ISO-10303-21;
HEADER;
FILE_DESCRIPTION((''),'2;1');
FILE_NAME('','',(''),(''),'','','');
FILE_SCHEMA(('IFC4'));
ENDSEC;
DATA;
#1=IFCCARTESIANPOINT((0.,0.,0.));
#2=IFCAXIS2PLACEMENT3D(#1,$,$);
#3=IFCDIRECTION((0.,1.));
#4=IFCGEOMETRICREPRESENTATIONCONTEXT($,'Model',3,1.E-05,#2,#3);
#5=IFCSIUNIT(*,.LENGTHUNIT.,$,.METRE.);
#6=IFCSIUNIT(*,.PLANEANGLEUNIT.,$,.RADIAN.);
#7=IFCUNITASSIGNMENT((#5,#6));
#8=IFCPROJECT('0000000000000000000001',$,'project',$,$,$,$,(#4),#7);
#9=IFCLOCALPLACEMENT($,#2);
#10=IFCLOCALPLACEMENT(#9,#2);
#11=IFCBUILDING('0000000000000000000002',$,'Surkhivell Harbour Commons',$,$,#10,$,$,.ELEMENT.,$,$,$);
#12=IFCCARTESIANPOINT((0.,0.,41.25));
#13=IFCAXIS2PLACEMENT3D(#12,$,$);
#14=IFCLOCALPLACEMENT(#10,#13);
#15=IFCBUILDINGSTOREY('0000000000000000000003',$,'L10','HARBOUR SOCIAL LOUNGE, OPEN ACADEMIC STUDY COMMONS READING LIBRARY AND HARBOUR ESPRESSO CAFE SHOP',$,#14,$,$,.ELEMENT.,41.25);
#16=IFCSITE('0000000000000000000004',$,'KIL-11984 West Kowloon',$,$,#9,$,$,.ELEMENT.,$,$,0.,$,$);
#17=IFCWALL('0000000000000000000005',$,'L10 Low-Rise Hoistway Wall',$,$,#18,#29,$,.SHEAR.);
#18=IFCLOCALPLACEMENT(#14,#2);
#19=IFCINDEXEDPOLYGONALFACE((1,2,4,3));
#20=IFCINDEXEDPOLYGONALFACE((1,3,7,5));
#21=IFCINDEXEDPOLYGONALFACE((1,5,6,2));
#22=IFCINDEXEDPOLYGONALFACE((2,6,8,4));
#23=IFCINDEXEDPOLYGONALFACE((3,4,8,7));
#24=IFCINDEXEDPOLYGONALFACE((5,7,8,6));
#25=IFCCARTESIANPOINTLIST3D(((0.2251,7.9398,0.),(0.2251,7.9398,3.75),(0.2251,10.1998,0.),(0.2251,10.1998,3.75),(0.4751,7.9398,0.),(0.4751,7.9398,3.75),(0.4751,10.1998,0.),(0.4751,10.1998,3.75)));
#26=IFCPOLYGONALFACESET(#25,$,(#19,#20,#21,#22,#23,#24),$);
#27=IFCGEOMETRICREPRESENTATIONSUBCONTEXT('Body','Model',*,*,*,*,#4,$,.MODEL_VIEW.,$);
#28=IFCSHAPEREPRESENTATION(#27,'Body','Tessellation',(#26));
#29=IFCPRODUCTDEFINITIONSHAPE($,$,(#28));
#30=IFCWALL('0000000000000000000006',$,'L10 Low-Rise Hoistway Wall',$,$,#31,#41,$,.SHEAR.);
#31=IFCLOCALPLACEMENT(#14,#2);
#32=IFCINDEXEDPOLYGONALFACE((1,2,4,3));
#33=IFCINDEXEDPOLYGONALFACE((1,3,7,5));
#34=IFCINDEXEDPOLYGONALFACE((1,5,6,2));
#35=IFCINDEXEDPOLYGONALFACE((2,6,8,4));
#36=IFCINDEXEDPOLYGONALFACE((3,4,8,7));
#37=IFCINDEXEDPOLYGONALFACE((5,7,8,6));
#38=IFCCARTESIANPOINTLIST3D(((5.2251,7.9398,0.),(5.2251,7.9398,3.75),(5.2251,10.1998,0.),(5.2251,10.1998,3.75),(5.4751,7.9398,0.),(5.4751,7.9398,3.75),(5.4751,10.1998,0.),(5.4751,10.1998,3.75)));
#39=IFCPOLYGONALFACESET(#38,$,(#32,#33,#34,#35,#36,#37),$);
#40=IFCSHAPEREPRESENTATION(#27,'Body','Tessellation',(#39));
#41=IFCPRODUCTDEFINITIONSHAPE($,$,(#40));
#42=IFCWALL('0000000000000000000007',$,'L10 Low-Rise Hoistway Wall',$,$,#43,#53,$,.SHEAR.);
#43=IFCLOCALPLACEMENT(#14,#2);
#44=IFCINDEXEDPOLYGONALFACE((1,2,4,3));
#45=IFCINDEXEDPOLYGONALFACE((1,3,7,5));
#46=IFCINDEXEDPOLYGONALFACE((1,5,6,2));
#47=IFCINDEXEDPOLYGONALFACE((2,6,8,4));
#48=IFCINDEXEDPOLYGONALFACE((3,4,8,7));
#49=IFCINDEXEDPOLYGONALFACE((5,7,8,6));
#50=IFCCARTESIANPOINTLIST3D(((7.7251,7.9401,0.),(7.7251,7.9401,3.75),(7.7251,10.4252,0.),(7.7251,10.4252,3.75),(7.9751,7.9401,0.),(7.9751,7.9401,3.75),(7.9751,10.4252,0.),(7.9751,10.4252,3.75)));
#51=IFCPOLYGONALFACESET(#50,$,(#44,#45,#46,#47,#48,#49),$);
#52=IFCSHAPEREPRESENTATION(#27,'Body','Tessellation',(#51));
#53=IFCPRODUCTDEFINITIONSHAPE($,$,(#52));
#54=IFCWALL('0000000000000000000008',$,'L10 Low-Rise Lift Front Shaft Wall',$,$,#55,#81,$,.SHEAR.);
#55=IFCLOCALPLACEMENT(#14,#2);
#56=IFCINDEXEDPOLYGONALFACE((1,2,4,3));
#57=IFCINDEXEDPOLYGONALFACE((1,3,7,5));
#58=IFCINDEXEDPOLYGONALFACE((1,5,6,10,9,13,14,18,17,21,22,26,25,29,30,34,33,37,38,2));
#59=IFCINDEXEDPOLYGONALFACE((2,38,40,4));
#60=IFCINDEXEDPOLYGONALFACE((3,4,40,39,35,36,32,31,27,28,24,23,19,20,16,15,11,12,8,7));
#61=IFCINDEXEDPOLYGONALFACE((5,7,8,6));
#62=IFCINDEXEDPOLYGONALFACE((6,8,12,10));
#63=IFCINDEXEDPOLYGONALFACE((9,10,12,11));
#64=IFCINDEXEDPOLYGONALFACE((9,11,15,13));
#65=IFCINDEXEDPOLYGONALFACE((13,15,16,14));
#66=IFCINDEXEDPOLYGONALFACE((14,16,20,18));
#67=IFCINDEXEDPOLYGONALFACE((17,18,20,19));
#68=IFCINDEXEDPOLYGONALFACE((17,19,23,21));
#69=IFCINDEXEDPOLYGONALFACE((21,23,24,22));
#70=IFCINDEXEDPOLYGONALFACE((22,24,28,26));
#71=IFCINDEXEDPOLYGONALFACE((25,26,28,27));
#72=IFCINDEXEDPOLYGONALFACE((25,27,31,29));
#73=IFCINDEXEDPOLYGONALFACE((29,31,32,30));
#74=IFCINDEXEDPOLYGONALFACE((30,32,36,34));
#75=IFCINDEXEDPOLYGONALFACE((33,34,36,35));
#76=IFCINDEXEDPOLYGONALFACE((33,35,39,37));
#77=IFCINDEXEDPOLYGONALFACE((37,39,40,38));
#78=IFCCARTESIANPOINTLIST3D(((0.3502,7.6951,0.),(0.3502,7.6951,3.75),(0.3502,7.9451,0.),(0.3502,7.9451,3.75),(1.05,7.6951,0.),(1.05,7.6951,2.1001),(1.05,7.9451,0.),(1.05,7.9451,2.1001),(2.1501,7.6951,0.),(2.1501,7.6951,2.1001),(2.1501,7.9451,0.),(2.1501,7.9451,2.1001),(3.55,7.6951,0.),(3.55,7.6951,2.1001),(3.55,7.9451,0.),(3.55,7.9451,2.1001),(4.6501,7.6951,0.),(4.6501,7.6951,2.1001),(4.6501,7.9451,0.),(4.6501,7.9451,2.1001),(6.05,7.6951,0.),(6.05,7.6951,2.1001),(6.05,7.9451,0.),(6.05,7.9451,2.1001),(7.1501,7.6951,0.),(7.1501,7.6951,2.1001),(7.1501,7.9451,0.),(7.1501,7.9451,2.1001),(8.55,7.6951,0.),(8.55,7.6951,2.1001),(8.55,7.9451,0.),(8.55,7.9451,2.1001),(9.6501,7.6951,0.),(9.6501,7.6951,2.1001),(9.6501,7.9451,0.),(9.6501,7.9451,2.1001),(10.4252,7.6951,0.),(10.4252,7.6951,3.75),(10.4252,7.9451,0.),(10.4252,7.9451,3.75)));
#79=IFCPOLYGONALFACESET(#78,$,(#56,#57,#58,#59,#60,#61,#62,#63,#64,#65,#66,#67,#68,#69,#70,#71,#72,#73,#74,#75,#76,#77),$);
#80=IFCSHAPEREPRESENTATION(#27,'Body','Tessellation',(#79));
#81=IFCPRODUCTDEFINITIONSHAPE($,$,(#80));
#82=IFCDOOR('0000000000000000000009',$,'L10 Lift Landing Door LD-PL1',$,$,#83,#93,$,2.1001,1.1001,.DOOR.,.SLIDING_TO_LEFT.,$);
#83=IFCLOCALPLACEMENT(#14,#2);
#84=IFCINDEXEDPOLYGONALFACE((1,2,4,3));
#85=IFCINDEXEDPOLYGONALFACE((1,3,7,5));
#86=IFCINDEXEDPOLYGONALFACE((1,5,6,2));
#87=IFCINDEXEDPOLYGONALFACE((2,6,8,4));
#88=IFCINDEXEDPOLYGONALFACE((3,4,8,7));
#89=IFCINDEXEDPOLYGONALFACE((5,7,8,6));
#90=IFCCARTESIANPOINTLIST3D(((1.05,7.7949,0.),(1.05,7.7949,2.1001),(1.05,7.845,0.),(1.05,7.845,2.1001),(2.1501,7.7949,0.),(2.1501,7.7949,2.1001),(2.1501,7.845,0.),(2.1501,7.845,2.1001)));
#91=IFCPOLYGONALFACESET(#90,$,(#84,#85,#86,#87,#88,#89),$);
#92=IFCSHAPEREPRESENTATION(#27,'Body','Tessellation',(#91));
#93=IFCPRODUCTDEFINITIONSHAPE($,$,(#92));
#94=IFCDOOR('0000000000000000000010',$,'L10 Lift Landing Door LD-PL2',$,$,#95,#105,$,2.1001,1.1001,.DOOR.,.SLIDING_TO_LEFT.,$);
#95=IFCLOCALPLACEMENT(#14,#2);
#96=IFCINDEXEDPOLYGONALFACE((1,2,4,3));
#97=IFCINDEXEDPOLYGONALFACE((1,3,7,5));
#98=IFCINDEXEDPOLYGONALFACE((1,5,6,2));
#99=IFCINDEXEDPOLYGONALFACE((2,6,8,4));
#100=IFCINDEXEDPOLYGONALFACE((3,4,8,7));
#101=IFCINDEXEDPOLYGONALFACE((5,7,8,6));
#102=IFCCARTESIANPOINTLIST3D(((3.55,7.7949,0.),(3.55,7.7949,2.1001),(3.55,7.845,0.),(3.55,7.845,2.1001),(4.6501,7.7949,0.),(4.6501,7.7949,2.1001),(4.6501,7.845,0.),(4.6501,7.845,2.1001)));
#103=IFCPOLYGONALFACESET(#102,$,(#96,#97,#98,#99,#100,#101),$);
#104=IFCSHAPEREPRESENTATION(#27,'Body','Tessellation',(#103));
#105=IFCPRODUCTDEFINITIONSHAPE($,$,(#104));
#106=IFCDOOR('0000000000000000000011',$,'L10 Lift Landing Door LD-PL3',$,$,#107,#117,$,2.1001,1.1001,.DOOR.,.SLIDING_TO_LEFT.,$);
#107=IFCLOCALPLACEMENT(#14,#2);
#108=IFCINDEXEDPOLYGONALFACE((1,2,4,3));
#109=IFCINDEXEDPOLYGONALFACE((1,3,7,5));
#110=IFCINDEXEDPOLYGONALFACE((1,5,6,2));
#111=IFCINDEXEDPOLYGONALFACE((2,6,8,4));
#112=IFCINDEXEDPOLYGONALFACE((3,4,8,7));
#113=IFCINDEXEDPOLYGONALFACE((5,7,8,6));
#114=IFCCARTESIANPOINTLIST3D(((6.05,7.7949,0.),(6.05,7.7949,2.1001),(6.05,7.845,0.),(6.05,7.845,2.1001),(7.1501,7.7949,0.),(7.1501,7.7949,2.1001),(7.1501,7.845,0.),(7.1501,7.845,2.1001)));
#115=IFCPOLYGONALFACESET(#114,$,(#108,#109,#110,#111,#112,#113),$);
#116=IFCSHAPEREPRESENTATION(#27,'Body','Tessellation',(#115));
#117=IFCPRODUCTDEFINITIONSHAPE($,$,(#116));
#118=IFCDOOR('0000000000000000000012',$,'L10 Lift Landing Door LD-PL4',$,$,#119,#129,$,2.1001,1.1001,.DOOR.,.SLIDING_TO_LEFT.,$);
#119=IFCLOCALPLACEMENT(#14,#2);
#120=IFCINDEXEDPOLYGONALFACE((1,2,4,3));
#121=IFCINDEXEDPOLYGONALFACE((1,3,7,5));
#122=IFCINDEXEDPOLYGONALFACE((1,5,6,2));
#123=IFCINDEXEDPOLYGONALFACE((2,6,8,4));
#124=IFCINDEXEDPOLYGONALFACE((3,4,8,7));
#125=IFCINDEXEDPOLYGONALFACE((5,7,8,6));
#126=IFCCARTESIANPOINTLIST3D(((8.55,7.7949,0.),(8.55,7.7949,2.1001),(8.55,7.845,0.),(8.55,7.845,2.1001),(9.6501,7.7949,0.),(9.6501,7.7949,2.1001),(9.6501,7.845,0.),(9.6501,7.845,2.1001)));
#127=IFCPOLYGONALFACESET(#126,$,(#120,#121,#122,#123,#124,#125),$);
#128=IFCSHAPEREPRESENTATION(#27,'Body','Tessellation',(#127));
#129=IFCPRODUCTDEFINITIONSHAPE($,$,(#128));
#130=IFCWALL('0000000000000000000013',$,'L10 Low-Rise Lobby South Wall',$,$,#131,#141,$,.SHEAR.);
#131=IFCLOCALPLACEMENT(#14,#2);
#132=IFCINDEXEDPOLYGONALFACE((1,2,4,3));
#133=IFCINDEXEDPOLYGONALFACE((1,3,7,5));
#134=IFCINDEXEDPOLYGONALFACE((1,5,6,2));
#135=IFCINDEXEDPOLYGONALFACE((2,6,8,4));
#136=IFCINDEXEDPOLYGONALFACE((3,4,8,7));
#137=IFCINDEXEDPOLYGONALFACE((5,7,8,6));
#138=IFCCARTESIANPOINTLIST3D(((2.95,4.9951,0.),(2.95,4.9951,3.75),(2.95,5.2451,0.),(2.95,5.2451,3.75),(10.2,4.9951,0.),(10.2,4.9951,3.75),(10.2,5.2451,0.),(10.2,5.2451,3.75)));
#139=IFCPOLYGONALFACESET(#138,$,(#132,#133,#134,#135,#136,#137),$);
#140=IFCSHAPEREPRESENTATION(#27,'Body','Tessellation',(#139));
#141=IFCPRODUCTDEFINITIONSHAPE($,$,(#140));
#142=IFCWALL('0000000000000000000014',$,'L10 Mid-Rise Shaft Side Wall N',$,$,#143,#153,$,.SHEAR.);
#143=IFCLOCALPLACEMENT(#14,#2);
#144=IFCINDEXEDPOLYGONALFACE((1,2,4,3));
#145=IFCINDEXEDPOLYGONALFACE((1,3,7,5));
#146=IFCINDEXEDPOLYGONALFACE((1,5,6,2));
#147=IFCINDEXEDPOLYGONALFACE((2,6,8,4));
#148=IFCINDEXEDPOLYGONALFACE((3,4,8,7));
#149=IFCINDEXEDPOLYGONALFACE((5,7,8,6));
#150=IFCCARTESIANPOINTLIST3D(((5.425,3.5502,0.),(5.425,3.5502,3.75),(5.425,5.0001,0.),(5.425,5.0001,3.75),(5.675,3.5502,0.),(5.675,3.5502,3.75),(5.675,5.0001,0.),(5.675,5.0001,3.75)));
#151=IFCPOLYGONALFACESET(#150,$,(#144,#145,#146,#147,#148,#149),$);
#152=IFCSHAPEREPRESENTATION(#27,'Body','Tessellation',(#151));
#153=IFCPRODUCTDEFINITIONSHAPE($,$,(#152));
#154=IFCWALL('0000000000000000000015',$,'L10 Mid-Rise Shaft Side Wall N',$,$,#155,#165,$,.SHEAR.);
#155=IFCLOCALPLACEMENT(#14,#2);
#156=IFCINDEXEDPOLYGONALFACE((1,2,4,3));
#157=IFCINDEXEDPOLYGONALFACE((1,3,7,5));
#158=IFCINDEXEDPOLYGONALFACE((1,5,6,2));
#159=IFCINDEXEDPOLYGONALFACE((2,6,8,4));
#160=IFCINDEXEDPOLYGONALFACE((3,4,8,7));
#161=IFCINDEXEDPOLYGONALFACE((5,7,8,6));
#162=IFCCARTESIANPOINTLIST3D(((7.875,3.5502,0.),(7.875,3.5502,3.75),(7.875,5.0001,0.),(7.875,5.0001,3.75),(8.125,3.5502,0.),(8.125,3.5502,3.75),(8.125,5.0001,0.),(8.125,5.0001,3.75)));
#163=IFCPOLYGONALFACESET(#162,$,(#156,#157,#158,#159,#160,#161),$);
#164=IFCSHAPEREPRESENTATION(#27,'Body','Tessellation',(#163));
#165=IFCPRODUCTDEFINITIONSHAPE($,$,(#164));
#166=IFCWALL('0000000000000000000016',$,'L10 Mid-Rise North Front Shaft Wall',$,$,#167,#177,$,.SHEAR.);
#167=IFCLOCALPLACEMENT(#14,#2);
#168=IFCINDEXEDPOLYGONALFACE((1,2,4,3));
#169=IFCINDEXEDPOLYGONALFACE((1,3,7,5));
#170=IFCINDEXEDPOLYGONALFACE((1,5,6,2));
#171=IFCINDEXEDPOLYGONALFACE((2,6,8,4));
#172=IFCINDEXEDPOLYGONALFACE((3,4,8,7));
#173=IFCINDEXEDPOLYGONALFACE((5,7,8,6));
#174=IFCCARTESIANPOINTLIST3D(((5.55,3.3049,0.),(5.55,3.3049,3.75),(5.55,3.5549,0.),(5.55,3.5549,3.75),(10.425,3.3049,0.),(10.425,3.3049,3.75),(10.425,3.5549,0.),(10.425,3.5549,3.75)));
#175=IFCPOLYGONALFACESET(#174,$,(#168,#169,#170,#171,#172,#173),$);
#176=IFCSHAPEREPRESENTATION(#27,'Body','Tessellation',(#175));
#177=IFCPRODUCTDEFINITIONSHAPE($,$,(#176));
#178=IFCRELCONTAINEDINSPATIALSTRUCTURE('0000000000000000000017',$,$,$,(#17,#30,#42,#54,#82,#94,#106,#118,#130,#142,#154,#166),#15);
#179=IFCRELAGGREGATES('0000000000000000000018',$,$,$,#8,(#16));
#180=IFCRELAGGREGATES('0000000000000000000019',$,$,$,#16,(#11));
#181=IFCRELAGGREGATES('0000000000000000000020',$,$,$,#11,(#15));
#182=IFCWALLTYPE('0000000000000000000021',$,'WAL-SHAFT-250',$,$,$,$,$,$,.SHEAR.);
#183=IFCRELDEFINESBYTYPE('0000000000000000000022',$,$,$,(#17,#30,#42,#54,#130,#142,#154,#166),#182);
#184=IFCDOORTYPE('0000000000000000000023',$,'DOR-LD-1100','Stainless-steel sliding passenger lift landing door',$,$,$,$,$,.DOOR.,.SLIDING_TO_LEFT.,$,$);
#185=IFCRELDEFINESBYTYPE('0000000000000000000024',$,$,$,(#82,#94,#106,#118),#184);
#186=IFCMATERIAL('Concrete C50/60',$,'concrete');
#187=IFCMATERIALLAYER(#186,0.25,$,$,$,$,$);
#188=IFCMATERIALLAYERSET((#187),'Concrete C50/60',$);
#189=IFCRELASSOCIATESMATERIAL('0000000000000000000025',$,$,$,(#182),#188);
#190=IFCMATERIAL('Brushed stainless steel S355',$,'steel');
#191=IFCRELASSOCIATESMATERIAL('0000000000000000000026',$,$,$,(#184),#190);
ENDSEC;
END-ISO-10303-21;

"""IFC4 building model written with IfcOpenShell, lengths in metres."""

from ifc_helpers import new_model, si_unit, direction, frame, frame_2d, origin, place, context, subcontext, project, spatial, rectangle, extrude, material, layer, layer_set, type_object, element, fill, save


model = new_model("IFC4")

# Units and contexts
model_context = context("Model", 3, precision=1e-05, world=origin(), true_north=direction((0.0, 1.0)))
body_context = subcontext(model_context, "Body", "Model", "MODEL_VIEW")
ifc_project = project(units=[si_unit("LENGTHUNIT", "METRE"), si_unit("PLANEANGLEUNIT", "RADIAN")], contexts=[model_context])

# Site, building, storey
site_placement = place(None, origin())
site = spatial("IfcSite", under=ifc_project, at=site_placement, Name="KIL-11984 West Kowloon", CompositionType="ELEMENT", RefElevation=0.0)
building_placement = place(site_placement, origin())
building = spatial("IfcBuilding", under=site, at=building_placement, Name="Surkhivell Harbour Commons", CompositionType="ELEMENT")
storey_placement = place(building_placement, frame((0.0, 0.0, 41.25)))
storey = spatial("IfcBuildingStorey", under=building, at=storey_placement, Name="L10", Description="HARBOUR SOCIAL LOUNGE, OPEN ACADEMIC STUDY COMMONS READING LIBRARY AND HARBOUR ESPRESSO CAFE SHOP", CompositionType="ELEMENT", Elevation=41.25)

# Walls
ifc_material_1 = material(Name="Concrete C50/60", Category="concrete")
ifc_layer_1 = layer(ifc_material_1, 0.25)
ifc_layer_set_1 = layer_set([ifc_layer_1], Name="Concrete C50/60")
wall_type_1 = type_object("IfcWallType", Name="WAL-SHAFT-250", PredefinedType="SHEAR", material=ifc_layer_set_1)
for number, where, z_axis, x_axis, name in (
    (1, (0.3501, 7.9399, 0.0), (0.0, 0.0, 1.0), (0.0, 1.0, 0.0), "L10 Low-Rise Hoistway Wall"),
    (2, (5.3501, 7.9399, 0.0), (0.0, 0.0, 1.0), (0.0, 1.0, 0.0), "L10 Low-Rise Hoistway Wall"),
):
    element("IfcWall", number, at=place(storey_placement, frame(where, z_axis=z_axis, x_axis=x_axis)), inside=storey, type_object=wall_type_1, Name=name, PredefinedType="SHEAR", context=body_context, shape_type="SweptSolid", body=[
        extrude(rectangle(XDim=2.26, YDim=0.25, at=frame_2d((1.1299, 0.0))), origin(), (0.0, 0.0, 1.0), 3.75),
    ])
wall_1_placement = place(storey_placement, frame((7.8501, 7.9399, 0.0), z_axis=(0.0, 0.0, 1.0), x_axis=(0.0, 1.0, 0.0)))
element("IfcWall", 3, at=wall_1_placement, inside=storey, type_object=wall_type_1, Name="L10 Low-Rise Hoistway Wall", PredefinedType="SHEAR", context=body_context, shape_type="SweptSolid", body=[
    extrude(rectangle(XDim=2.4851, YDim=0.25, at=frame_2d((1.2427, 0.0))), origin(), (0.0, 0.0, 1.0), 3.75),
])

# Wall, openings, doors
wall_2_placement = place(storey_placement, frame((0.3501, 7.8201, 0.0), z_axis=(0.0, 0.0, 1.0), x_axis=(1.0, 0.0, 0.0)))
wall_2 = element("IfcWall", 4, at=wall_2_placement, inside=storey, type_object=wall_type_1, Name="L10 Low-Rise Lift Front Shaft Wall", PredefinedType="SHEAR", context=body_context, shape_type="SweptSolid", body=[
    extrude(rectangle(XDim=10.075, YDim=0.25, at=frame_2d((5.0376, 0.0))), origin(), (0.0, 0.0, 1.0), 3.75),
])
opening_1_placement = place(wall_2_placement, frame((0.7, 0.0, 0.0)))
opening_1 = element("IfcOpeningElement", 5, at=opening_1_placement, cuts=wall_2, PredefinedType="OPENING", context=body_context, shape_type="SweptSolid", body=[
    extrude(rectangle(XDim=1.1001, YDim=2.1001, at=frame_2d((0.55, 1.05))), frame((0.0, 0.135, 0.0), z_axis=(0.0, -1.0, 0.0), x_axis=(1.0, 0.0, 0.0)), (0.0, 0.0, 1.0), 0.27),
])
opening_2_placement = place(wall_2_placement, frame((3.2, 0.0, 0.0)))
opening_2 = element("IfcOpeningElement", 6, at=opening_2_placement, cuts=wall_2, PredefinedType="OPENING", context=body_context, shape_type="SweptSolid", body=[
    extrude(rectangle(XDim=1.1001, YDim=2.1001, at=frame_2d((0.55, 1.05))), frame((0.0, 0.135, 0.0), z_axis=(0.0, -1.0, 0.0), x_axis=(1.0, 0.0, 0.0)), (0.0, 0.0, 1.0), 0.27),
])
opening_3_placement = place(wall_2_placement, frame((5.7, 0.0, 0.0)))
opening_3 = element("IfcOpeningElement", 7, at=opening_3_placement, cuts=wall_2, PredefinedType="OPENING", context=body_context, shape_type="SweptSolid", body=[
    extrude(rectangle(XDim=1.1001, YDim=2.1001, at=frame_2d((0.55, 1.05))), frame((0.0, 0.135, 0.0), z_axis=(0.0, -1.0, 0.0), x_axis=(1.0, 0.0, 0.0)), (0.0, 0.0, 1.0), 0.27),
])
opening_4_placement = place(wall_2_placement, frame((8.2, 0.0, 0.0)))
opening_4 = element("IfcOpeningElement", 8, at=opening_4_placement, cuts=wall_2, PredefinedType="OPENING", context=body_context, shape_type="SweptSolid", body=[
    extrude(rectangle(XDim=1.1001, YDim=2.1001, at=frame_2d((0.55, 1.05))), frame((0.0, 0.135, 0.0), z_axis=(0.0, -1.0, 0.0), x_axis=(1.0, 0.0, 0.0)), (0.0, 0.0, 1.0), 0.27),
])
ifc_material_2 = material(Name="Brushed stainless steel S355", Category="steel")
door_type = type_object("IfcDoorType", Name="DOR-LD-1100", Description="Stainless-steel sliding passenger lift landing door", OperationType="SLIDING_TO_LEFT", PredefinedType="DOOR", material=ifc_material_2)
door_1_placement = place(opening_1_placement, origin())
door_1 = element("IfcDoor", 9, at=door_1_placement, inside=storey, type_object=door_type, Name="L10 Lift Landing Door LD-PL1", OperationType="SLIDING_TO_LEFT", OverallHeight=2.1001, OverallWidth=1.1001, PredefinedType="DOOR", context=body_context, shape_type="SweptSolid", body=[
    extrude(rectangle(XDim=1.1001, YDim=2.1001, at=frame_2d((0.55, 1.05))), frame((0.0, 0.0249, 0.0), z_axis=(0.0, -1.0, 0.0), x_axis=(1.0, 0.0, 0.0)), (0.0, 0.0, 1.0), 0.05),
])
fill(opening_1, door_1)
door_2_placement = place(opening_2_placement, origin())
door_2 = element("IfcDoor", 10, at=door_2_placement, inside=storey, type_object=door_type, Name="L10 Lift Landing Door LD-PL2", OperationType="SLIDING_TO_LEFT", OverallHeight=2.1001, OverallWidth=1.1001, PredefinedType="DOOR", context=body_context, shape_type="SweptSolid", body=[
    extrude(rectangle(XDim=1.1001, YDim=2.1001, at=frame_2d((0.55, 1.05))), frame((0.0, 0.0249, 0.0), z_axis=(0.0, -1.0, 0.0), x_axis=(1.0, 0.0, 0.0)), (0.0, 0.0, 1.0), 0.05),
])
fill(opening_2, door_2)
door_3_placement = place(opening_3_placement, origin())
door_3 = element("IfcDoor", 11, at=door_3_placement, inside=storey, type_object=door_type, Name="L10 Lift Landing Door LD-PL3", OperationType="SLIDING_TO_LEFT", OverallHeight=2.1001, OverallWidth=1.1001, PredefinedType="DOOR", context=body_context, shape_type="SweptSolid", body=[
    extrude(rectangle(XDim=1.1001, YDim=2.1001, at=frame_2d((0.55, 1.05))), frame((0.0, 0.0249, 0.0), z_axis=(0.0, -1.0, 0.0), x_axis=(1.0, 0.0, 0.0)), (0.0, 0.0, 1.0), 0.05),
])
fill(opening_3, door_3)
door_4_placement = place(opening_4_placement, origin())
door_4 = element("IfcDoor", 12, at=door_4_placement, inside=storey, type_object=door_type, Name="L10 Lift Landing Door LD-PL4", OperationType="SLIDING_TO_LEFT", OverallHeight=2.1001, OverallWidth=1.1001, PredefinedType="DOOR", context=body_context, shape_type="SweptSolid", body=[
    extrude(rectangle(XDim=1.1001, YDim=2.1001, at=frame_2d((0.55, 1.05))), frame((0.0, 0.0249, 0.0), z_axis=(0.0, -1.0, 0.0), x_axis=(1.0, 0.0, 0.0)), (0.0, 0.0, 1.0), 0.05),
])
fill(opening_4, door_4)

# Walls
wall_3_placement = place(storey_placement, frame((2.95, 5.1201, 0.0), z_axis=(0.0, 0.0, 1.0), x_axis=(1.0, 0.0, 0.0)))
element("IfcWall", 13, at=wall_3_placement, inside=storey, type_object=wall_type_1, Name="L10 Low-Rise Lobby South Wall", PredefinedType="SHEAR", context=body_context, shape_type="SweptSolid", body=[
    extrude(rectangle(XDim=7.25, YDim=0.25, at=frame_2d((3.625, 0.0))), origin(), (0.0, 0.0, 1.0), 3.75),
])
for number, where, z_axis, x_axis, name in (
    (14, (5.55, 3.55, 0.0), (0.0, 0.0, 1.0), (0.0, 1.0, 0.0), "L10 Mid-Rise Shaft Side Wall N"),
    (15, (8.0, 3.55, 0.0), (0.0, 0.0, 1.0), (0.0, 1.0, 0.0), "L10 Mid-Rise Shaft Side Wall N"),
):
    element("IfcWall", number, at=place(storey_placement, frame(where, z_axis=z_axis, x_axis=x_axis)), inside=storey, type_object=wall_type_1, Name=name, PredefinedType="SHEAR", context=body_context, shape_type="SweptSolid", body=[
        extrude(rectangle(XDim=1.45, YDim=0.25, at=frame_2d((0.7251, 0.0))), origin(), (0.0, 0.0, 1.0), 3.75),
    ])
wall_4_placement = place(storey_placement, frame((5.55, 3.4299, 0.0), z_axis=(0.0, 0.0, 1.0), x_axis=(1.0, 0.0, 0.0)))
element("IfcWall", 16, at=wall_4_placement, inside=storey, type_object=wall_type_1, Name="L10 Mid-Rise North Front Shaft Wall", PredefinedType="SHEAR", context=body_context, shape_type="SweptSolid", body=[
    extrude(rectangle(XDim=4.875, YDim=0.25, at=frame_2d((2.4375, 0.0))), origin(), (0.0, 0.0, 1.0), 3.75),
])

save(model, "model.ifc")
